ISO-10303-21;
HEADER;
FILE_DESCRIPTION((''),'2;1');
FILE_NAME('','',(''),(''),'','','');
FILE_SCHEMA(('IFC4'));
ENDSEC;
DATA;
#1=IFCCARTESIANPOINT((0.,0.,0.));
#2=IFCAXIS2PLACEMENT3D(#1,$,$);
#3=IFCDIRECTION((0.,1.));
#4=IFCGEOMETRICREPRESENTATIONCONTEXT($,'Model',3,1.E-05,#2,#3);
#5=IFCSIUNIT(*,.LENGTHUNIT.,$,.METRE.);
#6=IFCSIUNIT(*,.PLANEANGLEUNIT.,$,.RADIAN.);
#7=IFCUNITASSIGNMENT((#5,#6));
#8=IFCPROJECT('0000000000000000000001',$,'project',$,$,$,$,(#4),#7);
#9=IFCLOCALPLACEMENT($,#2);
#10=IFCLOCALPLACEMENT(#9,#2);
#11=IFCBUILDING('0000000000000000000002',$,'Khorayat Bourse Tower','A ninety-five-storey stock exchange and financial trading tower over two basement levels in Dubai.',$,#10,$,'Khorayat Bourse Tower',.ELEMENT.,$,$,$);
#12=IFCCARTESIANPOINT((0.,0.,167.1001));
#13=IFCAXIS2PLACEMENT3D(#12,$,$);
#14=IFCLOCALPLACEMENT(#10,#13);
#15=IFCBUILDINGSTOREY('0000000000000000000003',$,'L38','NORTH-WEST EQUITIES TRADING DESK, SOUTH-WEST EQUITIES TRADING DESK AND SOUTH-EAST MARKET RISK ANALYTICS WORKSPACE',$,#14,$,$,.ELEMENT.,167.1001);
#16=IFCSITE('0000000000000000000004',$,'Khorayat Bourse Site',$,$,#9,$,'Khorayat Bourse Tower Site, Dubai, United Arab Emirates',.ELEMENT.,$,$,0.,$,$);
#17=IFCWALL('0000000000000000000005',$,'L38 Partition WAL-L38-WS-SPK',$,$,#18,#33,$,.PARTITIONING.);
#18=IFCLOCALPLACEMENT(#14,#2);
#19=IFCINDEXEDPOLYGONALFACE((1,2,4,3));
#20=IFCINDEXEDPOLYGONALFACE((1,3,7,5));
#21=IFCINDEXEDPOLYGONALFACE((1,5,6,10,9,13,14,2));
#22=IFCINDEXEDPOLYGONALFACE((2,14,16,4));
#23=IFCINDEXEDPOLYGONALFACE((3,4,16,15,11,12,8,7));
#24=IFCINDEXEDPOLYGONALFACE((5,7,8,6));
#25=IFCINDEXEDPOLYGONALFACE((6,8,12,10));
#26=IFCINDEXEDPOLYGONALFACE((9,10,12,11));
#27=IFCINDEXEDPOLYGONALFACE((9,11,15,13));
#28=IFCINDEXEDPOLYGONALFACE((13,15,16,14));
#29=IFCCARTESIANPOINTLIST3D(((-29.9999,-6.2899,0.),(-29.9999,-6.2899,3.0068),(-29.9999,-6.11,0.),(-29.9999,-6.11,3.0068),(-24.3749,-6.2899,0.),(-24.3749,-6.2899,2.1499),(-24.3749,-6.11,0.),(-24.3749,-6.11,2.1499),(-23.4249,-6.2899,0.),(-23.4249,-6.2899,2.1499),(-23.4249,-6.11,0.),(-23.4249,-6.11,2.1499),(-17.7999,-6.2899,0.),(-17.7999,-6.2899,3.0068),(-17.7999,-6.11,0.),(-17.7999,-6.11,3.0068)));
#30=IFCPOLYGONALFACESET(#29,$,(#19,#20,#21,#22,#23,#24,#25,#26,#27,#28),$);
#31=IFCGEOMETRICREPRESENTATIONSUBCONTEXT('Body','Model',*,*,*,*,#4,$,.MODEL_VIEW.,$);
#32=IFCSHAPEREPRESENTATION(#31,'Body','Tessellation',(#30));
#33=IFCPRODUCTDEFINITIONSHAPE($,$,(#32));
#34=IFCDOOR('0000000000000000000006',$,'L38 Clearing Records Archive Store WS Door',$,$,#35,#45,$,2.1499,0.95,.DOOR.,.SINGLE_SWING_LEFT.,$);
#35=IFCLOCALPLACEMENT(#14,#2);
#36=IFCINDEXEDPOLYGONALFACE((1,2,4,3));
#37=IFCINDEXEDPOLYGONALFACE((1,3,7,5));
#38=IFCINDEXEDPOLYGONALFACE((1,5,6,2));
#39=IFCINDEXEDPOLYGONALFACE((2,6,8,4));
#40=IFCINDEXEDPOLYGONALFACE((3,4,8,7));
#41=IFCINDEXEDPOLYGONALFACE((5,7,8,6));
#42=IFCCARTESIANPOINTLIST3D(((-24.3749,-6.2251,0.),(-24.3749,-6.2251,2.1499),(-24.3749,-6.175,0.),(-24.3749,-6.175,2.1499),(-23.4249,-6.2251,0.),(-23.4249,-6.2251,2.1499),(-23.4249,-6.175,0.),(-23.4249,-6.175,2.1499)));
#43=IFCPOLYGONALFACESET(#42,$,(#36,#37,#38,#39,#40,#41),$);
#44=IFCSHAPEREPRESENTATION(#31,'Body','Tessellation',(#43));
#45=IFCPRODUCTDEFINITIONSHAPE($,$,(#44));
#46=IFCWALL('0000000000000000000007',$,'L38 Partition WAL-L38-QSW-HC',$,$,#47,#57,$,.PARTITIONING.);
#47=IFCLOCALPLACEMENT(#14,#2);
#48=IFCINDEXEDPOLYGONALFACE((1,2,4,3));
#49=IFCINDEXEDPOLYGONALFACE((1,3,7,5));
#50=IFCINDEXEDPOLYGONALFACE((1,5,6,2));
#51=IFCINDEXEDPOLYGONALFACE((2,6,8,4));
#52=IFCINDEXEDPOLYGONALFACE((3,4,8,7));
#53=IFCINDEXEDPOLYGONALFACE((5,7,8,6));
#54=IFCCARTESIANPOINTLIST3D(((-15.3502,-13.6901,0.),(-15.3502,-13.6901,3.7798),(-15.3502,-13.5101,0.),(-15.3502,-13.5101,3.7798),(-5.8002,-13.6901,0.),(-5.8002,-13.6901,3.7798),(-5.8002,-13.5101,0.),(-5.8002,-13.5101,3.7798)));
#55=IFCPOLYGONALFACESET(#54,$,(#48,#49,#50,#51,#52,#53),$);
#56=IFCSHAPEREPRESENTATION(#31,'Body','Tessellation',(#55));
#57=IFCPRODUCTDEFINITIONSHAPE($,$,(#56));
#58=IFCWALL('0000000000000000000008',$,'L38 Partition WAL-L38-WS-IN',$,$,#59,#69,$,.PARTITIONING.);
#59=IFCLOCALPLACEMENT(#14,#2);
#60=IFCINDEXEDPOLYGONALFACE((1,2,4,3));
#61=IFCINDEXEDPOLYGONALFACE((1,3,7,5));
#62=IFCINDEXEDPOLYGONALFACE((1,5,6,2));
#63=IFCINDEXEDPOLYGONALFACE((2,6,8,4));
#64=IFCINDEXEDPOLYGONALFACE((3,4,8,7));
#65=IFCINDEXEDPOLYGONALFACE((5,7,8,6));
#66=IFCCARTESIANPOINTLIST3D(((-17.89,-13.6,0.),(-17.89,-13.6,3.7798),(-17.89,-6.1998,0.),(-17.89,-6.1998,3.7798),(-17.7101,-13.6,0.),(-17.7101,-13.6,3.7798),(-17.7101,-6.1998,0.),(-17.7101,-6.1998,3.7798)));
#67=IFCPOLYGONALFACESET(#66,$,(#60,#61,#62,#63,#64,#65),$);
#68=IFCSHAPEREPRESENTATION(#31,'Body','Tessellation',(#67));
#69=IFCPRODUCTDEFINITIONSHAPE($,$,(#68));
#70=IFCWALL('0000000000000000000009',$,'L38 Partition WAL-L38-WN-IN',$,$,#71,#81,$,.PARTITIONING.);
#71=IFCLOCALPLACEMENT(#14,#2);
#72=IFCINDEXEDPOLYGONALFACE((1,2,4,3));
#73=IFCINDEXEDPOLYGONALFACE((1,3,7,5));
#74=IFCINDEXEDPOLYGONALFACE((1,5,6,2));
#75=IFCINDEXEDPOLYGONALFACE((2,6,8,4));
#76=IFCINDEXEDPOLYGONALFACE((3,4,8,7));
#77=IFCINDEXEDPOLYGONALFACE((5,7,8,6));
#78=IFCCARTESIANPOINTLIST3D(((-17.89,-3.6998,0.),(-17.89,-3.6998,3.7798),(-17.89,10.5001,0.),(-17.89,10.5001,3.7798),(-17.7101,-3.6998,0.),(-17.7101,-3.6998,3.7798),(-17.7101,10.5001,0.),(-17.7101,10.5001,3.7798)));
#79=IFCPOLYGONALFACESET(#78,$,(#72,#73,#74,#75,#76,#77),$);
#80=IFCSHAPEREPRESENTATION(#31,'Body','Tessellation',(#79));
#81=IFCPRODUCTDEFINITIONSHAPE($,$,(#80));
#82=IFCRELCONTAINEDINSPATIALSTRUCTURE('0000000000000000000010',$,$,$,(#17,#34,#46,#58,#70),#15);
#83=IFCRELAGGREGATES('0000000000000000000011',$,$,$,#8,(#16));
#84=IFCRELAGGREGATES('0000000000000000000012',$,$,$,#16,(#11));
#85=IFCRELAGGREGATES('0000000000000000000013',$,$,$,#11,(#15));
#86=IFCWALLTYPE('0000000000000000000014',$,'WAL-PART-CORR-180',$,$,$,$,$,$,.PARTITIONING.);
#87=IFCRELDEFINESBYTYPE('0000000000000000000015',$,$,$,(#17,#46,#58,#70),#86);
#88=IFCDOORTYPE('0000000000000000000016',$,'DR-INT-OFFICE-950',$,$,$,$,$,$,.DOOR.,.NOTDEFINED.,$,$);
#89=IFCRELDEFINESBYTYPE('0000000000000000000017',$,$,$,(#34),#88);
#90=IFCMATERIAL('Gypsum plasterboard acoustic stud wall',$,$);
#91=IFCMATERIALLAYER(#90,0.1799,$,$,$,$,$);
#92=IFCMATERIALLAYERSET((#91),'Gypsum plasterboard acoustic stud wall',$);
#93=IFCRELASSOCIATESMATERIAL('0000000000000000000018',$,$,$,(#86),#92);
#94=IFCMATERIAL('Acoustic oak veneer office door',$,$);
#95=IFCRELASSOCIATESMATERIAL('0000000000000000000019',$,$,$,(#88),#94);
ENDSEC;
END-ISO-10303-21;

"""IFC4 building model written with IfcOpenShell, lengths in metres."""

from ifc_helpers import new_model, si_unit, direction, frame, frame_2d, origin, place, context, subcontext, project, spatial, rectangle, extrude, source, transform, mapped, material, layer, layer_set, type_object, element, fill, save


model = new_model("IFC4")

# Units and contexts
model_context = context("Model", 3, precision=1e-05, world=origin(), true_north=direction((0.0, 1.0)))
body_context = subcontext(model_context, "Body", "Model", "MODEL_VIEW")
ifc_project = project(units=[si_unit("LENGTHUNIT", "METRE"), si_unit("PLANEANGLEUNIT", "RADIAN")], contexts=[model_context])

# Site, building, storey
site_placement = place(None, origin())
site = spatial("IfcSite", under=ifc_project, at=site_placement, Name="Khorayat Bourse Site", LongName="Khorayat Bourse Tower Site, Dubai, United Arab Emirates", CompositionType="ELEMENT", RefElevation=0.0)
building_placement = place(site_placement, origin())
building = spatial("IfcBuilding", under=site, at=building_placement, Name="Khorayat Bourse Tower", Description="A ninety-five-storey stock exchange and financial trading tower over two basement levels in Dubai.", LongName="Khorayat Bourse Tower", CompositionType="ELEMENT")
storey_placement = place(building_placement, frame((0.0, 0.0, 167.1001)))
storey = spatial("IfcBuildingStorey", under=building, at=storey_placement, Name="L38", Description="NORTH-WEST EQUITIES TRADING DESK, SOUTH-WEST EQUITIES TRADING DESK AND SOUTH-EAST MARKET RISK ANALYTICS WORKSPACE", CompositionType="ELEMENT", Elevation=167.1001)

# Shared definitions
ifc_material_1 = material(Name="Gypsum plasterboard acoustic stud wall")
ifc_layer_1 = layer(ifc_material_1, 0.1799)
ifc_layer_set_1 = layer_set([ifc_layer_1], Name="Gypsum plasterboard acoustic stud wall")
wall_type_1 = type_object("IfcWallType", Name="WAL-PART-CORR-180", PredefinedType="PARTITIONING", material=ifc_layer_set_1)

# Wall, opening, door
shared_shape_1 = source(origin(), body_context, "Body", "SweptSolid", [
    extrude(rectangle(XDim=0.95, YDim=2.1499, at=frame_2d((0.4751, 1.075))), frame((0.0, 0.0999, 0.0), z_axis=(0.0, -1.0, 0.0), x_axis=(1.0, 0.0, 0.0)), (0.0, 0.0, 1.0), 0.2),
])
ifc_material_2 = material(Name="Acoustic oak veneer office door")
door_type = type_object("IfcDoorType", Name="DR-INT-OFFICE-950", OperationType="NOTDEFINED", PredefinedType="DOOR", material=ifc_material_2)
shared_shape_2 = source(origin(), body_context, "Body", "SweptSolid", [
    extrude(rectangle(XDim=0.95, YDim=2.1499, at=frame_2d((0.4751, 1.075))), frame((0.0, 0.0249, 0.0), z_axis=(0.0, -1.0, 0.0), x_axis=(1.0, 0.0, 0.0)), (0.0, 0.0, 1.0), 0.05),
])
shared_shape_3 = source(origin(), body_context, "Body", "SweptSolid", [
    extrude(rectangle(XDim=12.2, YDim=0.1799, at=frame_2d((6.1001, 0.0))), origin(), (0.0, 0.0, 1.0), 3.0068),
])
wall_1_placement = place(storey_placement, frame((-30.0, -6.2, 0.0), z_axis=(0.0, 0.0, 1.0), x_axis=(1.0, 0.0, 0.0)))
wall_1 = element("IfcWall", 1, at=wall_1_placement, inside=storey, type_object=wall_type_1, Name="L38 Partition WAL-L38-WS-SPK", PredefinedType="PARTITIONING", context=body_context, shape_type="MappedRepresentation", body=[
    mapped(shared_shape_3, transform((0.0, 0.0, 0.0), scale=1.0)),
])
opening_1_placement = place(wall_1_placement, frame((5.625, 0.0, 0.0)))
opening_1 = element("IfcOpeningElement", 2, at=opening_1_placement, cuts=wall_1, PredefinedType="OPENING", context=body_context, shape_type="MappedRepresentation", body=[
    mapped(shared_shape_1, transform((0.0, 0.0, 0.0), scale=1.0)),
])
door_1_placement = place(opening_1_placement, origin())
door_1 = element("IfcDoor", 3, at=door_1_placement, inside=storey, type_object=door_type, Name="L38 Clearing Records Archive Store WS Door", OperationType="SINGLE_SWING_LEFT", OverallHeight=2.1499, OverallWidth=0.95, PredefinedType="DOOR", context=body_context, shape_type="MappedRepresentation", body=[
    mapped(shared_shape_2, transform((0.0, 0.0, 0.0), scale=1.0)),
])
fill(opening_1, door_1)

# Walls
shared_shape_4 = source(origin(), body_context, "Body", "SweptSolid", [
    extrude(rectangle(XDim=9.55, YDim=0.1799, at=frame_2d((4.7749, 0.0))), origin(), (0.0, 0.0, 1.0), 3.7798),
])
wall_2_placement = place(storey_placement, frame((-15.3501, -13.6001, 0.0), z_axis=(0.0, 0.0, 1.0), x_axis=(1.0, 0.0, 0.0)))
element("IfcWall", 4, at=wall_2_placement, inside=storey, type_object=wall_type_1, Name="L38 Partition WAL-L38-QSW-HC", PredefinedType="PARTITIONING", context=body_context, shape_type="MappedRepresentation", body=[
    mapped(shared_shape_4, transform((0.0, 0.0, 0.0), scale=1.0)),
])
shared_shape_5 = source(origin(), body_context, "Body", "SweptSolid", [
    extrude(rectangle(XDim=7.4001, YDim=0.1799, at=frame_2d((3.7002, 0.0))), origin(), (0.0, 0.0, 1.0), 3.7798),
])
wall_3_placement = place(storey_placement, frame((-17.8, -13.6001, 0.0), z_axis=(0.0, 0.0, 1.0), x_axis=(0.0, 1.0, 0.0)))
element("IfcWall", 5, at=wall_3_placement, inside=storey, type_object=wall_type_1, Name="L38 Partition WAL-L38-WS-IN", PredefinedType="PARTITIONING", context=body_context, shape_type="MappedRepresentation", body=[
    mapped(shared_shape_5, transform((0.0, 0.0, 0.0), scale=1.0)),
])
shared_shape_6 = source(origin(), body_context, "Body", "SweptSolid", [
    extrude(rectangle(XDim=14.2, YDim=0.1799, at=frame_2d((7.1001, 0.0))), origin(), (0.0, 0.0, 1.0), 3.7798),
])
wall_4_placement = place(storey_placement, frame((-17.8, -3.7, 0.0), z_axis=(0.0, 0.0, 1.0), x_axis=(0.0, 1.0, 0.0)))
element("IfcWall", 6, at=wall_4_placement, inside=storey, type_object=wall_type_1, Name="L38 Partition WAL-L38-WN-IN", PredefinedType="PARTITIONING", context=body_context, shape_type="MappedRepresentation", body=[
    mapped(shared_shape_6, transform((0.0, 0.0, 0.0), scale=1.0)),
])

save(model, "model.ifc")
